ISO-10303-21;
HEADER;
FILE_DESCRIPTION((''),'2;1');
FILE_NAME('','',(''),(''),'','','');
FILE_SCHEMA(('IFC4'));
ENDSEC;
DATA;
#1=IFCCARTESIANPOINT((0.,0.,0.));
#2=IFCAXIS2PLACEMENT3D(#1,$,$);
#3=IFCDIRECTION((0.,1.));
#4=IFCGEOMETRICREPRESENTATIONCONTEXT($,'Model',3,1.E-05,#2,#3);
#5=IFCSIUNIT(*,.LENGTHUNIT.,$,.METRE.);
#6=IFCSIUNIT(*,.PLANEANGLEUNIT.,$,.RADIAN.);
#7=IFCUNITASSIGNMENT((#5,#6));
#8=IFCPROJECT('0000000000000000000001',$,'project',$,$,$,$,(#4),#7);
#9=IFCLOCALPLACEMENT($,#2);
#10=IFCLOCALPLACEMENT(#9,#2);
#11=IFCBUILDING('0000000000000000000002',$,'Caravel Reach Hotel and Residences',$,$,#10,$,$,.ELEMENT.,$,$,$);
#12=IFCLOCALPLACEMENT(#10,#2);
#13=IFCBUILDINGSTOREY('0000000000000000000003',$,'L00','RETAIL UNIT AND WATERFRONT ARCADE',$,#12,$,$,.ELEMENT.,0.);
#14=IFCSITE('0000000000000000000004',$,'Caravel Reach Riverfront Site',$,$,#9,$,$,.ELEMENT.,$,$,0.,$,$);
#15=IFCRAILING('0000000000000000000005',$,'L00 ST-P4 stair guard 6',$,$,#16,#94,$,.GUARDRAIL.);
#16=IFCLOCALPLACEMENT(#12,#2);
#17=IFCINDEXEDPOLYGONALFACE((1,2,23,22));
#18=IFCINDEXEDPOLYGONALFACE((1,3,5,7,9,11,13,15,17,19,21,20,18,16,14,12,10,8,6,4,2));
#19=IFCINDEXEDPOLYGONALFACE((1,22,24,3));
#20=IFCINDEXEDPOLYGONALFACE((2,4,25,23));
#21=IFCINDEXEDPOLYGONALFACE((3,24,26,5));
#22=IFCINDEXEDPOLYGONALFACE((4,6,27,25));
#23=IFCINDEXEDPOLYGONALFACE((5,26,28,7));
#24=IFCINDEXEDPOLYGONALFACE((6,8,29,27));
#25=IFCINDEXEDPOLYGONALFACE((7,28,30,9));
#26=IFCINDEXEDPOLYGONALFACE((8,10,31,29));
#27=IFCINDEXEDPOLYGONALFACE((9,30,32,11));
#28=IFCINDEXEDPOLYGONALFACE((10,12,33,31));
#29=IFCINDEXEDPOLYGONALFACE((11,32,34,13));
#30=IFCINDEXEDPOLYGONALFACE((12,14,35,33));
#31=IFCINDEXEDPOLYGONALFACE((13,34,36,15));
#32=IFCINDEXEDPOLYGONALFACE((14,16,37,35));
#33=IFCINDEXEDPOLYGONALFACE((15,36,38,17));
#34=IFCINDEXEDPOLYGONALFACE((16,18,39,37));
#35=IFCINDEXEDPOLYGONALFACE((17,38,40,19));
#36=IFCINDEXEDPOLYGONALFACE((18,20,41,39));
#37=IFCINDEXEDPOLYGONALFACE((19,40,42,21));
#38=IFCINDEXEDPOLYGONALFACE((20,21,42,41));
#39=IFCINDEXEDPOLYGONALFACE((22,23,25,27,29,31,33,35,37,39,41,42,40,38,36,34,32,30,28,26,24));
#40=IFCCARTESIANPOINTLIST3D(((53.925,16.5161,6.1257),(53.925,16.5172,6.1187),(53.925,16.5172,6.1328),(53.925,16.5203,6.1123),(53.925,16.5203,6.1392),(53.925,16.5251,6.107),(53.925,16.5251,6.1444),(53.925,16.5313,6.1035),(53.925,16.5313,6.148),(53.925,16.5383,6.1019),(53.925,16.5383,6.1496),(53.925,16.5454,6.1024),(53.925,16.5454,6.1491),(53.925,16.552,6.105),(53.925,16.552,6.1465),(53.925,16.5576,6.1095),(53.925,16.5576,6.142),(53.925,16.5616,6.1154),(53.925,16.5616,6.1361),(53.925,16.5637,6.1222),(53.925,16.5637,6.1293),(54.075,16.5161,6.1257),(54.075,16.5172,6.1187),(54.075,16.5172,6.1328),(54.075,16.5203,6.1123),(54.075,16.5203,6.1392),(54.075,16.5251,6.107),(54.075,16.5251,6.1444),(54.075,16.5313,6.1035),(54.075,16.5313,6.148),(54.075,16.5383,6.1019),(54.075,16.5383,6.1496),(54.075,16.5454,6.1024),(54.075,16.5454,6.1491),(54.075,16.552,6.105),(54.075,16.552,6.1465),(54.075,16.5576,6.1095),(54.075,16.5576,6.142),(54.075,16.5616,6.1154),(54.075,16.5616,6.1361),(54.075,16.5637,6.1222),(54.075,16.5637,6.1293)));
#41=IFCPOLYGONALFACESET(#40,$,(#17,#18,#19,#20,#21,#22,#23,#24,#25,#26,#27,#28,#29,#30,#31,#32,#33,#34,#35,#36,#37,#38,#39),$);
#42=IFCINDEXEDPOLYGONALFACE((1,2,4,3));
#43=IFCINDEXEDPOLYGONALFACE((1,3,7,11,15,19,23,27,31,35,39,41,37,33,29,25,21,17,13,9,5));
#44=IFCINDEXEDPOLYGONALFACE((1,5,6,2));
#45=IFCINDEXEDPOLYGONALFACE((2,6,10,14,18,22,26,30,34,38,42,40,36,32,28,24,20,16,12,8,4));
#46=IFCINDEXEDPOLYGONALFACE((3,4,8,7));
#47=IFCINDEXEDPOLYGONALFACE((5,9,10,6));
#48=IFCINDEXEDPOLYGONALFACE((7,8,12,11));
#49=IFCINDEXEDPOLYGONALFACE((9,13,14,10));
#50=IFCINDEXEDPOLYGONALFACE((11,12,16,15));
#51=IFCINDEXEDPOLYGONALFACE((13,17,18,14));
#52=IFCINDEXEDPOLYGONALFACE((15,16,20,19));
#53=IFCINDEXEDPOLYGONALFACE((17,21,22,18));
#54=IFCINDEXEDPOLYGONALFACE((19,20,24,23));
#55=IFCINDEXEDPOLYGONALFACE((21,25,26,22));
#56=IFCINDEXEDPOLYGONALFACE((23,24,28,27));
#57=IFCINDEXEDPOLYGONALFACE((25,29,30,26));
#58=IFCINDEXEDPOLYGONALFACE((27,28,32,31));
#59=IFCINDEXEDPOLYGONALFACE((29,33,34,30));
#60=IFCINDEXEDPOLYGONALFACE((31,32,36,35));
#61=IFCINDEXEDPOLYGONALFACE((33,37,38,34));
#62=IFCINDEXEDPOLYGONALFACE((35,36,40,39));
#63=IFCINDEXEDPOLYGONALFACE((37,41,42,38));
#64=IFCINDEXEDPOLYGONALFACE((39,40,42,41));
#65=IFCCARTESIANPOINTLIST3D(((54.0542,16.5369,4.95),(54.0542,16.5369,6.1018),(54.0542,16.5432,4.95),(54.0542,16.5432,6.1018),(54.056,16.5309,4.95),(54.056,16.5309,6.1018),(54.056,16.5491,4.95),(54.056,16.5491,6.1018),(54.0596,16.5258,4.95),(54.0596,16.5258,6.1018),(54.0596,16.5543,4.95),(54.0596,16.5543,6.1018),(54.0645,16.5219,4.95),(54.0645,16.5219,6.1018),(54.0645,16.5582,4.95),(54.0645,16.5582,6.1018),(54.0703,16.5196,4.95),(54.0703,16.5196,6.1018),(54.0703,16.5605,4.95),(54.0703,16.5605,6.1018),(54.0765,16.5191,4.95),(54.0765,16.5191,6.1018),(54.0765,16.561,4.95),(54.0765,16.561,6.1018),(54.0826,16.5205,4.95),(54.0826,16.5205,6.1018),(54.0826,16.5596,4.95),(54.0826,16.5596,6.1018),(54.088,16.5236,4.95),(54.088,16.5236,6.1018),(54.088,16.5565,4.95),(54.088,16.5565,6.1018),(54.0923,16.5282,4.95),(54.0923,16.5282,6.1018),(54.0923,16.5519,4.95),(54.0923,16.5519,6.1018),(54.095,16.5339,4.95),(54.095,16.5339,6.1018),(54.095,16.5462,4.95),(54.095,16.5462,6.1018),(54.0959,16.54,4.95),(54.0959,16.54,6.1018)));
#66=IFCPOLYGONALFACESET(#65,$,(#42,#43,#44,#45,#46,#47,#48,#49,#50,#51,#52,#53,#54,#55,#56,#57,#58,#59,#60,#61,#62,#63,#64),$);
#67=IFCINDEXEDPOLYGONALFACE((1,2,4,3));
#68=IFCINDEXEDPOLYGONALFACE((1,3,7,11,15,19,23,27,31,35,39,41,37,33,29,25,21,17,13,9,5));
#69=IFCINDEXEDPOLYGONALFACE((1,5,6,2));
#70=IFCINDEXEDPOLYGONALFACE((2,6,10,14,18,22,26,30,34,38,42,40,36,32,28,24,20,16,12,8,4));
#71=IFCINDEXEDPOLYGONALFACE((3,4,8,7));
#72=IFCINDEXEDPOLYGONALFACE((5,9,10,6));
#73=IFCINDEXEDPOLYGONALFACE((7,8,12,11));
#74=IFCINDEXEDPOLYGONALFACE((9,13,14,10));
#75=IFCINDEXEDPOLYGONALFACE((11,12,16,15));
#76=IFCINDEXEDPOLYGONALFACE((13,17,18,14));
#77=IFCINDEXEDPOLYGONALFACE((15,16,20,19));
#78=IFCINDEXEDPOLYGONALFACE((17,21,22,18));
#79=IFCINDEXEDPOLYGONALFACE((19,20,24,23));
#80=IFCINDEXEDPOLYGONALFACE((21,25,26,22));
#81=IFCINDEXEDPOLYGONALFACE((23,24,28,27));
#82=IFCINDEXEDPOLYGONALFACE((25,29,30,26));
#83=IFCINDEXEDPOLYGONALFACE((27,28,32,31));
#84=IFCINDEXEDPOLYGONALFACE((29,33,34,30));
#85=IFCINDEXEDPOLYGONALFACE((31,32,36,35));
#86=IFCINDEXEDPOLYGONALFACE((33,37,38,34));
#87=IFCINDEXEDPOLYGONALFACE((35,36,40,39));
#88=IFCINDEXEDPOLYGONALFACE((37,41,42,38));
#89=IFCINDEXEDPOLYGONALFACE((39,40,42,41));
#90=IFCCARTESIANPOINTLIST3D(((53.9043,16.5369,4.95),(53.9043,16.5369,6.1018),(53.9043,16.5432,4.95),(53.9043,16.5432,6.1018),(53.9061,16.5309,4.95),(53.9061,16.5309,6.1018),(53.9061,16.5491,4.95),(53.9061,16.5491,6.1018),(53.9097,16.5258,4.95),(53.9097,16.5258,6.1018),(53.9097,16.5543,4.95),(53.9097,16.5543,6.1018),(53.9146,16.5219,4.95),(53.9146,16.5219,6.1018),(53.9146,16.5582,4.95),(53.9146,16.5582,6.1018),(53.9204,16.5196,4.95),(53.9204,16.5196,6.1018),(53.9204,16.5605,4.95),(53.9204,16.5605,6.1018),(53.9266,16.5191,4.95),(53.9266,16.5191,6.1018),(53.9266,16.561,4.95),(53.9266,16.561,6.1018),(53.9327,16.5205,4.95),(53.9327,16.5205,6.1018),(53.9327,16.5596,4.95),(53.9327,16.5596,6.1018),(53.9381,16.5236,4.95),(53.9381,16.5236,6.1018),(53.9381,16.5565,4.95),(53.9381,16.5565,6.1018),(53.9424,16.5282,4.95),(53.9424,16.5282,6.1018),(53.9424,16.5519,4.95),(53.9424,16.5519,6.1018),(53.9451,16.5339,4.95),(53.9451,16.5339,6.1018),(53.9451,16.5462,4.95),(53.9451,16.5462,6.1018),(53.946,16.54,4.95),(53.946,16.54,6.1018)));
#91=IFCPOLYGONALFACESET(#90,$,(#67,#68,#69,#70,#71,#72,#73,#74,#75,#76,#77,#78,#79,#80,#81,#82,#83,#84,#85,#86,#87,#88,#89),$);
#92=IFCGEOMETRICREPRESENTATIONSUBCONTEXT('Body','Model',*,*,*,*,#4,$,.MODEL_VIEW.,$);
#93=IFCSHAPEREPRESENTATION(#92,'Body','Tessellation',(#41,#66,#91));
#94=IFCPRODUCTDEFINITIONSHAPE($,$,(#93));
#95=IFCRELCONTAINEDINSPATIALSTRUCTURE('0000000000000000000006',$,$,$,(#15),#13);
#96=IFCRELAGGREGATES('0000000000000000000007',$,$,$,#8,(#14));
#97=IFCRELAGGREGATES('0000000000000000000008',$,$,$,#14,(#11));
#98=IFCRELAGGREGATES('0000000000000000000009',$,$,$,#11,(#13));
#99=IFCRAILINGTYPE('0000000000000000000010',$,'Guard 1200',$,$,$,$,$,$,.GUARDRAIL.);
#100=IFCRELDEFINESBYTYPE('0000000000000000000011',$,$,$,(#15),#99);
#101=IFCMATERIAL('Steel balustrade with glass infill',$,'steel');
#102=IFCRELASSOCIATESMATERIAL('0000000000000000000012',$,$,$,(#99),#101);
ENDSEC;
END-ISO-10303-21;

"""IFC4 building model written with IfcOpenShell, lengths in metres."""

from ifc_helpers import new_model, si_unit, direction, frame, origin, origin_2d, place, context, subcontext, project, spatial, circle, extrude, material, type_object, element, save


model = new_model("IFC4")

# Units and contexts
model_context = context("Model", 3, precision=1e-05, world=origin(), true_north=direction((0.0, 1.0)))
body_context = subcontext(model_context, "Body", "Model", "MODEL_VIEW")
ifc_project = project(units=[si_unit("LENGTHUNIT", "METRE"), si_unit("PLANEANGLEUNIT", "RADIAN")], contexts=[model_context])

# Site, building, storey
site_placement = place(None, origin())
site = spatial("IfcSite", under=ifc_project, at=site_placement, Name="Caravel Reach Riverfront Site", CompositionType="ELEMENT", RefElevation=0.0)
building_placement = place(site_placement, origin())
building = spatial("IfcBuilding", under=site, at=building_placement, Name="Caravel Reach Hotel and Residences", CompositionType="ELEMENT")
storey_placement = place(building_placement, origin())
storey = spatial("IfcBuildingStorey", under=building, at=storey_placement, Name="L00", Description="RETAIL UNIT AND WATERFRONT ARCADE", CompositionType="ELEMENT", Elevation=0.0)

# Railing
ifc_material_1 = material(Name="Steel balustrade with glass infill", Category="steel")
railing_type_1 = type_object("IfcRailingType", Name="Guard 1200", PredefinedType="GUARDRAIL", material=ifc_material_1)
railing_1_placement = place(storey_placement, frame((54.075, 16.54, 4.95)))
element("IfcRailing", 1, at=railing_1_placement, inside=storey, type_object=railing_type_1, Name="L00 ST-P4 stair guard 6", PredefinedType="GUARDRAIL", context=body_context, shape_type="SweptSolid", body=[
    extrude(circle(Radius=0.0239, at=origin_2d()), frame((0.0, 0.0, 1.1758), z_axis=(-1.0, 0.0, 0.0), x_axis=(0.0, -1.0, 0.0)), (0.0, 0.0, 1.0), 0.1499),
    extrude(circle(Radius=0.021, at=origin_2d()), origin(), (0.0, 0.0, 1.0), 1.1519),
    extrude(circle(Radius=0.021, at=origin_2d()), frame((-0.1499, 0.0, 0.0)), (0.0, 0.0, 1.0), 1.1519),
])

save(model, "model.ifc")
